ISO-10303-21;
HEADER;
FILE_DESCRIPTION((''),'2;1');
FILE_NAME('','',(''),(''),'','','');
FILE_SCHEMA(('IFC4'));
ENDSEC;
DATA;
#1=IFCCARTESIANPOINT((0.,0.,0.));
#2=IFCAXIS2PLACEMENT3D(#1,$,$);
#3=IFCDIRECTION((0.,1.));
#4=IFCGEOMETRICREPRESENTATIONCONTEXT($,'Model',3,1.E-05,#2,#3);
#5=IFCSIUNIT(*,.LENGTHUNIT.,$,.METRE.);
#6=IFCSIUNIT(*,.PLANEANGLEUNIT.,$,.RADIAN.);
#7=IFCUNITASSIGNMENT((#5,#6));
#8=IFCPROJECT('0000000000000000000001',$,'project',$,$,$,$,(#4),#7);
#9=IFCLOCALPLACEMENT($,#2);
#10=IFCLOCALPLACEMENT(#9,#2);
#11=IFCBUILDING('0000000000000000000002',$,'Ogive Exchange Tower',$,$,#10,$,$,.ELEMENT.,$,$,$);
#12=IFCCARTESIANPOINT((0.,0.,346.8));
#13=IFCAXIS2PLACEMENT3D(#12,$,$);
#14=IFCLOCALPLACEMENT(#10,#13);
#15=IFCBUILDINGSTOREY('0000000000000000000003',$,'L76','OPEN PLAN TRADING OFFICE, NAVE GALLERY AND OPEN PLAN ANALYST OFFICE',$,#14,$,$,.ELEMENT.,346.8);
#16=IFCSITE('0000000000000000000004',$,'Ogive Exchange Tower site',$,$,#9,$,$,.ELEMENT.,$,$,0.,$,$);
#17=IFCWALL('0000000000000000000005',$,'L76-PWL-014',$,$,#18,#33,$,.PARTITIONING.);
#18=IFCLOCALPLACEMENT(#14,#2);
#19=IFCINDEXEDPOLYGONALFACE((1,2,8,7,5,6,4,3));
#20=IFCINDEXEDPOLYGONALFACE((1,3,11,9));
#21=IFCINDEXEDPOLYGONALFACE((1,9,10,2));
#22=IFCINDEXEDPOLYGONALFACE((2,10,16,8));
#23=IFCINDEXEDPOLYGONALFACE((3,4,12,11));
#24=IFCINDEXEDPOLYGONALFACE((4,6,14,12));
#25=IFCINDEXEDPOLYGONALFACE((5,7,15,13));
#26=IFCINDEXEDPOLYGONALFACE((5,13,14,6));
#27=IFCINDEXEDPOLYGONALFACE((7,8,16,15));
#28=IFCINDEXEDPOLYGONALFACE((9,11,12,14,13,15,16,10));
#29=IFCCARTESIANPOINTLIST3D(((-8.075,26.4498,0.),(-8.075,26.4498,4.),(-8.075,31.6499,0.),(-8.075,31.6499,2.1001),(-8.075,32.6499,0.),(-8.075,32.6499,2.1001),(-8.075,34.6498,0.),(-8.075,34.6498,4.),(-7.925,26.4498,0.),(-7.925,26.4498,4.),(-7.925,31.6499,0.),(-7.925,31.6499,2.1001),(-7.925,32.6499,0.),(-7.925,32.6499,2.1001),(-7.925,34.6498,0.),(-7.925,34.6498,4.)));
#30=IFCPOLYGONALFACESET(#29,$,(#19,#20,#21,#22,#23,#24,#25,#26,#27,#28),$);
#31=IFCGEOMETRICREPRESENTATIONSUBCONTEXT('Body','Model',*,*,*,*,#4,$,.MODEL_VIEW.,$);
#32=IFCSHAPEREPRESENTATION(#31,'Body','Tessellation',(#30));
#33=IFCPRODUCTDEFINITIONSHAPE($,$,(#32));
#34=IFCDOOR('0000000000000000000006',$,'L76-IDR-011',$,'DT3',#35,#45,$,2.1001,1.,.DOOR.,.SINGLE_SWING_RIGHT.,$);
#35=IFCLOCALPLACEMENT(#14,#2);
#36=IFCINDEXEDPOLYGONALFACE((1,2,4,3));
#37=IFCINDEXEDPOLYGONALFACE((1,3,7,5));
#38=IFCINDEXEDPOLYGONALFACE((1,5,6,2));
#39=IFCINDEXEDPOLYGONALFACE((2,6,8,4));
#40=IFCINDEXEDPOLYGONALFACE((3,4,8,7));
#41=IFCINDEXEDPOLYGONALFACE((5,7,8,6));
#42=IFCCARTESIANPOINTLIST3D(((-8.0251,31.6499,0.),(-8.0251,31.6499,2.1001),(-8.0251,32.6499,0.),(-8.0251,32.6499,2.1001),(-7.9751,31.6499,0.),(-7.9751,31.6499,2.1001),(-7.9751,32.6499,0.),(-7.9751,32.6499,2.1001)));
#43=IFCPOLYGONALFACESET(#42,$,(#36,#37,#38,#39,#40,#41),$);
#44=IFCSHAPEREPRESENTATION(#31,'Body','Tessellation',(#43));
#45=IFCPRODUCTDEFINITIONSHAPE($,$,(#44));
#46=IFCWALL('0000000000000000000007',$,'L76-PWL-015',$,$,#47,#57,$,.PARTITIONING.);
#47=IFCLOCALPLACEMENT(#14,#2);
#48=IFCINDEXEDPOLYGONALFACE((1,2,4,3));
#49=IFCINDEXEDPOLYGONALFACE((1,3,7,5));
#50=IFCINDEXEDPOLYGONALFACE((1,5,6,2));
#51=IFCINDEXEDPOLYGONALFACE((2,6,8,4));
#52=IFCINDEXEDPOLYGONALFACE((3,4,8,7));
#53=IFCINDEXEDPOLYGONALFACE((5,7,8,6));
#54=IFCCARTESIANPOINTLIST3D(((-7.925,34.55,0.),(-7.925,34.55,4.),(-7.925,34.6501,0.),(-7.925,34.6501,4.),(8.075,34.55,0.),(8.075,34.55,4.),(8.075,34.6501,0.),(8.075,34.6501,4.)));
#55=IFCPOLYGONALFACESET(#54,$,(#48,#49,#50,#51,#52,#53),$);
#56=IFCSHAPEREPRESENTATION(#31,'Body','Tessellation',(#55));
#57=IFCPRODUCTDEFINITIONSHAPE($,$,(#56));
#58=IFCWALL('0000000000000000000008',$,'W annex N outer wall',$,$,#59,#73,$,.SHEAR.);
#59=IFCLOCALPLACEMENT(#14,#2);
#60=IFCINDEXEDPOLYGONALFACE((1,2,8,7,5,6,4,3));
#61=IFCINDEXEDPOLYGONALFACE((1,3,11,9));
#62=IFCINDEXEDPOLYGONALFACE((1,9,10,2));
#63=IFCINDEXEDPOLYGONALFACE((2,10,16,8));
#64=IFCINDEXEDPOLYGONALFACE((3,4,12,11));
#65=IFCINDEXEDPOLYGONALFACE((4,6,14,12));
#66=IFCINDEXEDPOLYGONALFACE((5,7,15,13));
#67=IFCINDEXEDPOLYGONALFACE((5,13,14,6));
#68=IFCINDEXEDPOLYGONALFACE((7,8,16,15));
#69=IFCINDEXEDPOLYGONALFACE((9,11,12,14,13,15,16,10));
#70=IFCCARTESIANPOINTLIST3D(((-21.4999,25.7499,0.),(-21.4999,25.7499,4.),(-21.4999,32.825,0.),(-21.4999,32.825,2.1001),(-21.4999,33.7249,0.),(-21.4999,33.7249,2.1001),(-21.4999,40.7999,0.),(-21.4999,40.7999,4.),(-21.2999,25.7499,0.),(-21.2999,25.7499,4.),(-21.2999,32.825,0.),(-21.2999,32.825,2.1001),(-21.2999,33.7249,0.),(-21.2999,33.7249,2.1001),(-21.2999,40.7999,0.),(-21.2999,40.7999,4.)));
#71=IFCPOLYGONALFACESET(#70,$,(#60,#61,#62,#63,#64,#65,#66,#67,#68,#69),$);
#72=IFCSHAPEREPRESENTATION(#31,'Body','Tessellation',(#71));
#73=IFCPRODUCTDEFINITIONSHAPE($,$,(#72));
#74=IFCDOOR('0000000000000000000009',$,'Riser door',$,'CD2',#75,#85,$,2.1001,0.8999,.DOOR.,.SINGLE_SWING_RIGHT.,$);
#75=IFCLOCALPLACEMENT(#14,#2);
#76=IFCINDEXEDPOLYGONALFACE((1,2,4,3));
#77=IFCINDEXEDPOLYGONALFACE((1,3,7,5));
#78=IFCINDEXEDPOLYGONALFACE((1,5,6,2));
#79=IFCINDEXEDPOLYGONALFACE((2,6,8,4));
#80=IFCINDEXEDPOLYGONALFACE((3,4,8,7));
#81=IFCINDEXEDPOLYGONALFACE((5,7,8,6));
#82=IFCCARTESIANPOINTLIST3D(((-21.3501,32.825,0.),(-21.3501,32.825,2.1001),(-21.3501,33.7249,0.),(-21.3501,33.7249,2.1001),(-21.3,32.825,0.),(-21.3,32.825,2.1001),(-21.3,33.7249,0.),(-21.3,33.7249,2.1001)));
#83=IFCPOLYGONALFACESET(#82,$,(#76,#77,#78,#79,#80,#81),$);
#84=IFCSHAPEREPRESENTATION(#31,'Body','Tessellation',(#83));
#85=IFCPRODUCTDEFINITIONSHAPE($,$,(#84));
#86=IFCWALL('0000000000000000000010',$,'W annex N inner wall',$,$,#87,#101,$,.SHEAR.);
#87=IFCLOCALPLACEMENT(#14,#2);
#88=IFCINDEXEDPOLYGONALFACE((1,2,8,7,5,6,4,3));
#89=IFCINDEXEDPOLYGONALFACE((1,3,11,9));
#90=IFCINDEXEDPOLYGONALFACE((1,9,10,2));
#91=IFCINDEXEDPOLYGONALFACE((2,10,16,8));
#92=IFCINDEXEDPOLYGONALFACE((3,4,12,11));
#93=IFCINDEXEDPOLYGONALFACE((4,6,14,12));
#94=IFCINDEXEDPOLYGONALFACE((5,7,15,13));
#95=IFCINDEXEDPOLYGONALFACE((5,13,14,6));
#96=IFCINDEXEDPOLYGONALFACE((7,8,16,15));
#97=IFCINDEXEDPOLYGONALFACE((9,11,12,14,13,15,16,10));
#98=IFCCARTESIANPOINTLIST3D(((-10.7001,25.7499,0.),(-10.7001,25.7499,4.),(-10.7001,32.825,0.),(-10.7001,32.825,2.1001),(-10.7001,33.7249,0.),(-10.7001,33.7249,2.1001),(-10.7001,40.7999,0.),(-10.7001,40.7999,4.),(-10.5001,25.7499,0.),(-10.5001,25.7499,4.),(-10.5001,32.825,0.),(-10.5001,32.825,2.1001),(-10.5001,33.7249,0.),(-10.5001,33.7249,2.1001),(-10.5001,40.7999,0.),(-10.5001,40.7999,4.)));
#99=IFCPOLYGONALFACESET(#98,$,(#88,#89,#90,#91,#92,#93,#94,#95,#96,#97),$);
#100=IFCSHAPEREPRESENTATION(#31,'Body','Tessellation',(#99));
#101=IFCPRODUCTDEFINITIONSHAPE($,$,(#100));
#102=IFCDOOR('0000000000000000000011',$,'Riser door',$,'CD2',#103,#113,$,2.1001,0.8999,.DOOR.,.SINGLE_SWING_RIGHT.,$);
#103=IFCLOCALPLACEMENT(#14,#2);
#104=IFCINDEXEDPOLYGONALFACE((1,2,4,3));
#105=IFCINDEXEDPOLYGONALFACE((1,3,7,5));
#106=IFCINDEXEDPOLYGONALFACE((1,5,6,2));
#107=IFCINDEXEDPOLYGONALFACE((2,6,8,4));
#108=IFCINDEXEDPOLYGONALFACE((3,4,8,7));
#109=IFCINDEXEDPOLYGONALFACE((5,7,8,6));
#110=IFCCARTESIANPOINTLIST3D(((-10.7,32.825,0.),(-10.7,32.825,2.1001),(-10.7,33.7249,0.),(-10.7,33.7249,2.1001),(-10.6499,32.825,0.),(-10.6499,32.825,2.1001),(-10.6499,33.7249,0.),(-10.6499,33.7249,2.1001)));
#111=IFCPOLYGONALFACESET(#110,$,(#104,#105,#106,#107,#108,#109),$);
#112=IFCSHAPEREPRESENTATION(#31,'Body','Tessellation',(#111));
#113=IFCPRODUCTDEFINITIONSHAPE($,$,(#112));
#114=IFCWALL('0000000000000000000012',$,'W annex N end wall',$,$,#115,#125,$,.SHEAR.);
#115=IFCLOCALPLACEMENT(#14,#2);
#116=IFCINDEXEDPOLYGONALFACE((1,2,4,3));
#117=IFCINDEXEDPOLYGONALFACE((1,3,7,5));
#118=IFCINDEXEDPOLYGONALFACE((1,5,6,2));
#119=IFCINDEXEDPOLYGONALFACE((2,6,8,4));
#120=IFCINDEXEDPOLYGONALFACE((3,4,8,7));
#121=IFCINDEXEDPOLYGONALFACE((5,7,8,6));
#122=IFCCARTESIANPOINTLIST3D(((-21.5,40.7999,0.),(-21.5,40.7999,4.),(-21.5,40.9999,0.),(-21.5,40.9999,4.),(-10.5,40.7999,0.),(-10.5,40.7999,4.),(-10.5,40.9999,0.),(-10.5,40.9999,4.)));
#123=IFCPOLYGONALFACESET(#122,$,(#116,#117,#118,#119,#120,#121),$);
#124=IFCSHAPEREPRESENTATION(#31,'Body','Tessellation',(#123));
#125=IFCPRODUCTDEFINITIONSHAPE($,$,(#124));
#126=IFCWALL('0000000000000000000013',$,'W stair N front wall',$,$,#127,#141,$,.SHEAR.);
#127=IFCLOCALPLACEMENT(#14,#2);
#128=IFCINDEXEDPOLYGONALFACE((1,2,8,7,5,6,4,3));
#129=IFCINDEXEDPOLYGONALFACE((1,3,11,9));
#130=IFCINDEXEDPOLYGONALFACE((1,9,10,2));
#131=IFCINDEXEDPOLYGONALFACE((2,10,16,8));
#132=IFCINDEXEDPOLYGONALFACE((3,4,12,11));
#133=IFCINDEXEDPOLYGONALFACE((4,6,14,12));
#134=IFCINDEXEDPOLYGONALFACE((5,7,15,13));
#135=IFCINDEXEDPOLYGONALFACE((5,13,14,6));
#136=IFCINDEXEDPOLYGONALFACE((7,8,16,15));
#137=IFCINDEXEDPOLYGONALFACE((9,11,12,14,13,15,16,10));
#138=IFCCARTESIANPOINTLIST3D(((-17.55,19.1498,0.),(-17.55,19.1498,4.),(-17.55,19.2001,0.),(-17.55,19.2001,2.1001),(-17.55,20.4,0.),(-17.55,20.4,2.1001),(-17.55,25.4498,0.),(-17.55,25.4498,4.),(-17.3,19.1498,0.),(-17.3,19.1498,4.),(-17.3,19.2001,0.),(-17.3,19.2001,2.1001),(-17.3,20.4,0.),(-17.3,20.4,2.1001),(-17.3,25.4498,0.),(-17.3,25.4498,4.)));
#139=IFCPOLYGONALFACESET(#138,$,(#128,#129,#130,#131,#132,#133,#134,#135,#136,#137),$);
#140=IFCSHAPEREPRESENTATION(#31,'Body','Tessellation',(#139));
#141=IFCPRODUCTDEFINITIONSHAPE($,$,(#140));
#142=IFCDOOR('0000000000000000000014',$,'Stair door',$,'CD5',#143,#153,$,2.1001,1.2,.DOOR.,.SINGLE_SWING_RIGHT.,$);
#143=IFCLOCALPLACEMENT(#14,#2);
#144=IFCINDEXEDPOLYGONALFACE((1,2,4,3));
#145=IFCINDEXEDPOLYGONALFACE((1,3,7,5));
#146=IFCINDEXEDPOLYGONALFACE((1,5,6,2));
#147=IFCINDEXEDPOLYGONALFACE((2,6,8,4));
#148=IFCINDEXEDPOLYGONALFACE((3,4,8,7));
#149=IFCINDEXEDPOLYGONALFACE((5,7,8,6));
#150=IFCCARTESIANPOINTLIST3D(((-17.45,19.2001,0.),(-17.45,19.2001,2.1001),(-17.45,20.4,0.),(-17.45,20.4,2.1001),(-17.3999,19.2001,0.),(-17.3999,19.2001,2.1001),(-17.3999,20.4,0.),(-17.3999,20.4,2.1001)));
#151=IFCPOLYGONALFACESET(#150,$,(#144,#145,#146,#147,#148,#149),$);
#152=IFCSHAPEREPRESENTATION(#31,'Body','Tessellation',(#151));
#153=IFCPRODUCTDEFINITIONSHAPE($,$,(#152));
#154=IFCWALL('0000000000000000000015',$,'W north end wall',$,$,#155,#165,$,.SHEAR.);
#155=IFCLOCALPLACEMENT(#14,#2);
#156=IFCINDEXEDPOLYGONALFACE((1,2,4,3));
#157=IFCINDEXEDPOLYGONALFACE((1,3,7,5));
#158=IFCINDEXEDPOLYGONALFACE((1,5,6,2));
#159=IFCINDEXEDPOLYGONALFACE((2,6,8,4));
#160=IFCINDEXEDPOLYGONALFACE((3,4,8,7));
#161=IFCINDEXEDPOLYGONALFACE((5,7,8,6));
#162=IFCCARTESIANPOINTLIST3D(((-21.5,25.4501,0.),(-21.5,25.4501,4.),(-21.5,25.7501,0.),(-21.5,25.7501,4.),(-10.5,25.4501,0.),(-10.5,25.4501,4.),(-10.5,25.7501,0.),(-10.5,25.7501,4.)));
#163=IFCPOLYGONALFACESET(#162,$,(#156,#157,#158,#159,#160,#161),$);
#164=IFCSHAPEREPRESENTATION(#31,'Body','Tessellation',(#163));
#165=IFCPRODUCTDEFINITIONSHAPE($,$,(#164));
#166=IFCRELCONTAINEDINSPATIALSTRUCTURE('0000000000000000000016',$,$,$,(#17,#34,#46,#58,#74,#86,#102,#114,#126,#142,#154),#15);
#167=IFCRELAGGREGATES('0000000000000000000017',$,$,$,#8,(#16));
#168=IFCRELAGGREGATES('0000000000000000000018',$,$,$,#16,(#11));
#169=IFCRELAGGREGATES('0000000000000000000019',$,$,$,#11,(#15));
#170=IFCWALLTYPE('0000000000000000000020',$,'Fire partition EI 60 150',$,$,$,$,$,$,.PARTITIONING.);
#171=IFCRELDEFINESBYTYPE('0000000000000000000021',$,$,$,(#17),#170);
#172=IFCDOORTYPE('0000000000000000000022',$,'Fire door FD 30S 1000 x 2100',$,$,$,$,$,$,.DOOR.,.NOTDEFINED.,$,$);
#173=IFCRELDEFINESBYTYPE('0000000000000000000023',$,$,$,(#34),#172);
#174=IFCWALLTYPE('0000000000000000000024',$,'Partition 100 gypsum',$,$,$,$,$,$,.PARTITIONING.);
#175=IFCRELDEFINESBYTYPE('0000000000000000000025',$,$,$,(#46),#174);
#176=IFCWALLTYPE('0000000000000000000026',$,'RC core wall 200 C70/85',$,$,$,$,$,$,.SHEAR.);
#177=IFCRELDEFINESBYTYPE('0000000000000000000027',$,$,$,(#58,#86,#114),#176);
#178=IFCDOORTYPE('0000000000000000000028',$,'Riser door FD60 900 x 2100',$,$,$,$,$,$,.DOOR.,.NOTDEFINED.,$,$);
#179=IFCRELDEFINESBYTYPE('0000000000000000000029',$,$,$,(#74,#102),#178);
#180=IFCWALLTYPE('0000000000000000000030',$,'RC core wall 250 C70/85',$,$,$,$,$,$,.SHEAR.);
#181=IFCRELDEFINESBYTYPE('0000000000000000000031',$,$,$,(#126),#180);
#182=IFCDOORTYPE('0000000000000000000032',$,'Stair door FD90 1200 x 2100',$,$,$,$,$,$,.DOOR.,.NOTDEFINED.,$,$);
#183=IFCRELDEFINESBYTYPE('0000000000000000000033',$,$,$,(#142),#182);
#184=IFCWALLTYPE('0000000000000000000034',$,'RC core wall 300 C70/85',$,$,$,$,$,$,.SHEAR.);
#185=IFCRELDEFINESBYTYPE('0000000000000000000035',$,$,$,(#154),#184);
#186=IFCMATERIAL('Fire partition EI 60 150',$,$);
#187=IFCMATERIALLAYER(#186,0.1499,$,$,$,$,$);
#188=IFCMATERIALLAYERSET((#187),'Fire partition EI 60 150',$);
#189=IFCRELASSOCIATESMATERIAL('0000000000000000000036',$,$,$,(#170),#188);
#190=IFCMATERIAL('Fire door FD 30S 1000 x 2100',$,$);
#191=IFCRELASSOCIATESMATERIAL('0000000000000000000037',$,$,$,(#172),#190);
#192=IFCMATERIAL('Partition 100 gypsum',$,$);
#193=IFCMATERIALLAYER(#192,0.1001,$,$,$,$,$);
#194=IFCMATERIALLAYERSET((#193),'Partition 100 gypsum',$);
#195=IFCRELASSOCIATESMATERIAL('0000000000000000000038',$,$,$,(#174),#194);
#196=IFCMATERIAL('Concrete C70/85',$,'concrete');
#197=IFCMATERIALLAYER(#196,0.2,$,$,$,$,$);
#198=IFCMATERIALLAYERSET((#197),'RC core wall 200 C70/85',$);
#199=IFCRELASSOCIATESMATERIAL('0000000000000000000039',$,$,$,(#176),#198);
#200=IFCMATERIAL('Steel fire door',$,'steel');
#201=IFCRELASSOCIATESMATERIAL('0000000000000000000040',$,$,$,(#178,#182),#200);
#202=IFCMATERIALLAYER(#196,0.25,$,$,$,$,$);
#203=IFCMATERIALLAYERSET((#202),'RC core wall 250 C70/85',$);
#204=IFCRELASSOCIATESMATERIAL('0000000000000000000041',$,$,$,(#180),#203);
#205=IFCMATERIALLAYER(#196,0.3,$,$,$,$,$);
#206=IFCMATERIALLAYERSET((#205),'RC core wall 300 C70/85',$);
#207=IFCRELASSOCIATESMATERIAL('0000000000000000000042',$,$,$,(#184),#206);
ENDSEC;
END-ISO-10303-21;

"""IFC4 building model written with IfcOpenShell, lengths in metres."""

from ifc_helpers import new_model, si_unit, direction, frame, frame_2d, origin, place, context, subcontext, project, spatial, rectangle, extrude, material, layer, layer_set, type_object, element, fill, save


model = new_model("IFC4")

# Units and contexts
model_context = context("Model", 3, precision=1e-05, world=origin(), true_north=direction((0.0, 1.0)))
body_context = subcontext(model_context, "Body", "Model", "MODEL_VIEW")
ifc_project = project(units=[si_unit("LENGTHUNIT", "METRE"), si_unit("PLANEANGLEUNIT", "RADIAN")], contexts=[model_context])

# Site, building, storey
site_placement = place(None, origin())
site = spatial("IfcSite", under=ifc_project, at=site_placement, Name="Ogive Exchange Tower site", CompositionType="ELEMENT", RefElevation=0.0)
building_placement = place(site_placement, origin())
building = spatial("IfcBuilding", under=site, at=building_placement, Name="Ogive Exchange Tower", CompositionType="ELEMENT")
storey_placement = place(building_placement, frame((0.0, 0.0, 346.8)))
storey = spatial("IfcBuildingStorey", under=building, at=storey_placement, Name="L76", Description="OPEN PLAN TRADING OFFICE, NAVE GALLERY AND OPEN PLAN ANALYST OFFICE", CompositionType="ELEMENT", Elevation=346.8)

# Shared definitions
ifc_material_1 = material(Name="Fire partition EI 60 150")
ifc_layer_1 = layer(ifc_material_1, 0.1499)
ifc_layer_set_1 = layer_set([ifc_layer_1], Name="Fire partition EI 60 150")
wall_type_1 = type_object("IfcWallType", Name="Fire partition EI 60 150", PredefinedType="PARTITIONING", material=ifc_layer_set_1)

# Wall, opening, door
wall_1_placement = place(storey_placement, frame((-8.0, 34.6499, 0.0), z_axis=(0.0, 0.0, 1.0), x_axis=(0.0, -1.0, 0.0)))
wall_1 = element("IfcWall", 1, at=wall_1_placement, inside=storey, type_object=wall_type_1, Name="L76-PWL-014", PredefinedType="PARTITIONING", context=body_context, shape_type="SweptSolid", body=[
    extrude(rectangle(XDim=8.2, YDim=0.1499, at=frame_2d((4.1001, 0.0))), origin(), (0.0, 0.0, 1.0), 4.0),
])
opening_1_placement = place(wall_1_placement, frame((2.0, 0.0, 0.0)))
opening_1 = element("IfcOpeningElement", 2, at=opening_1_placement, cuts=wall_1, PredefinedType="OPENING", context=body_context, shape_type="SweptSolid", body=[
    extrude(rectangle(XDim=1.0, YDim=2.1001, at=frame_2d((0.5, 1.05))), frame((0.0, 0.085, 0.0), z_axis=(0.0, -1.0, 0.0), x_axis=(1.0, 0.0, 0.0)), (0.0, 0.0, 1.0), 0.1699),
])
ifc_material_2 = material(Name="Fire door FD 30S 1000 x 2100")
door_type_1 = type_object("IfcDoorType", Name="Fire door FD 30S 1000 x 2100", OperationType="NOTDEFINED", PredefinedType="DOOR", material=ifc_material_2)
door_1_placement = place(opening_1_placement, origin())
door_1 = element("IfcDoor", 3, at=door_1_placement, inside=storey, type_object=door_type_1, Name="L76-IDR-011", ObjectType="DT3", OperationType="SINGLE_SWING_RIGHT", OverallHeight=2.1001, OverallWidth=1.0, PredefinedType="DOOR", context=body_context, shape_type="SweptSolid", body=[
    extrude(rectangle(XDim=1.0, YDim=2.1001, at=frame_2d((0.5, 1.05))), frame((0.0, 0.0249, 0.0), z_axis=(0.0, -1.0, 0.0), x_axis=(1.0, 0.0, 0.0)), (0.0, 0.0, 1.0), 0.05),
])
fill(opening_1, door_1)

# Wall
ifc_material_3 = material(Name="Partition 100 gypsum")
ifc_layer_2 = layer(ifc_material_3, 0.1001)
ifc_layer_set_2 = layer_set([ifc_layer_2], Name="Partition 100 gypsum")
wall_type_2 = type_object("IfcWallType", Name="Partition 100 gypsum", PredefinedType="PARTITIONING", material=ifc_layer_set_2)
wall_2_placement = place(storey_placement, frame((-7.925, 34.6001, 0.0), z_axis=(0.0, 0.0, 1.0), x_axis=(1.0, 0.0, 0.0)))
element("IfcWall", 4, at=wall_2_placement, inside=storey, type_object=wall_type_2, Name="L76-PWL-015", PredefinedType="PARTITIONING", context=body_context, shape_type="SweptSolid", body=[
    extrude(rectangle(XDim=16.0, YDim=0.1001, at=frame_2d((8.0, 0.0))), origin(), (0.0, 0.0, 1.0), 4.0),
])

# Walls, openings, doors
ifc_material_4 = material(Name="Concrete C70/85", Category="concrete")
ifc_layer_3 = layer(ifc_material_4, 0.2)
ifc_layer_set_3 = layer_set([ifc_layer_3], Name="RC core wall 200 C70/85")
wall_type_3 = type_object("IfcWallType", Name="RC core wall 200 C70/85", PredefinedType="SHEAR", material=ifc_layer_set_3)
wall_3_placement = place(storey_placement, frame((-21.3999, 25.75, 0.0), z_axis=(0.0, 0.0, 1.0), x_axis=(0.0, 1.0, 0.0)))
wall_3 = element("IfcWall", 5, at=wall_3_placement, inside=storey, type_object=wall_type_3, Name="W annex N outer wall", PredefinedType="SHEAR", context=body_context, shape_type="SweptSolid", body=[
    extrude(rectangle(XDim=15.05, YDim=0.2, at=frame_2d((7.5249, 0.0))), origin(), (0.0, 0.0, 1.0), 4.0),
])
opening_2_placement = place(wall_3_placement, frame((7.075, 0.0, 0.0)))
opening_2 = element("IfcOpeningElement", 6, at=opening_2_placement, cuts=wall_3, PredefinedType="OPENING", context=body_context, shape_type="SweptSolid", body=[
    extrude(rectangle(XDim=0.8999, YDim=2.1001, at=frame_2d((0.45, 1.05))), frame((0.0, 0.1099, 0.0), z_axis=(0.0, -1.0, 0.0), x_axis=(1.0, 0.0, 0.0)), (0.0, 0.0, 1.0), 0.22),
])
ifc_material_5 = material(Name="Steel fire door", Category="steel")
door_type_2 = type_object("IfcDoorType", Name="Riser door FD60 900 x 2100", OperationType="NOTDEFINED", PredefinedType="DOOR", material=ifc_material_5)
door_2_placement = place(opening_2_placement, origin())
door_2 = element("IfcDoor", 7, at=door_2_placement, inside=storey, type_object=door_type_2, Name="Riser door", ObjectType="CD2", OperationType="SINGLE_SWING_RIGHT", OverallHeight=2.1001, OverallWidth=0.8999, PredefinedType="DOOR", context=body_context, shape_type="SweptSolid", body=[
    extrude(rectangle(XDim=0.8999, YDim=2.1001, at=frame_2d((0.45, 1.05))), frame((0.0, -0.0498, 0.0), z_axis=(0.0, -1.0, 0.0), x_axis=(1.0, 0.0, 0.0)), (0.0, 0.0, 1.0), 0.05),
])
fill(opening_2, door_2)
wall_4_placement = place(storey_placement, frame((-10.6001, 25.75, 0.0), z_axis=(0.0, 0.0, 1.0), x_axis=(0.0, 1.0, 0.0)))
wall_4 = element("IfcWall", 8, at=wall_4_placement, inside=storey, type_object=wall_type_3, Name="W annex N inner wall", PredefinedType="SHEAR", context=body_context, shape_type="SweptSolid", body=[
    extrude(rectangle(XDim=15.05, YDim=0.2, at=frame_2d((7.5249, 0.0))), origin(), (0.0, 0.0, 1.0), 4.0),
])
opening_3_placement = place(wall_4_placement, frame((7.075, 0.0, 0.0)))
opening_3 = element("IfcOpeningElement", 9, at=opening_3_placement, cuts=wall_4, PredefinedType="OPENING", context=body_context, shape_type="SweptSolid", body=[
    extrude(rectangle(XDim=0.8999, YDim=2.1001, at=frame_2d((0.45, 1.05))), frame((0.0, 0.1099, 0.0), z_axis=(0.0, -1.0, 0.0), x_axis=(1.0, 0.0, 0.0)), (0.0, 0.0, 1.0), 0.22),
])
door_3_placement = place(opening_3_placement, frame((0.8999, 0.1499, 0.0), z_axis=(0.0, 0.0, 1.0), x_axis=(-1.0, 0.0, 0.0)))
door_3 = element("IfcDoor", 10, at=door_3_placement, inside=storey, type_object=door_type_2, Name="Riser door", ObjectType="CD2", OperationType="SINGLE_SWING_RIGHT", OverallHeight=2.1001, OverallWidth=0.8999, PredefinedType="DOOR", context=body_context, shape_type="SweptSolid", body=[
    extrude(rectangle(XDim=0.8999, YDim=2.1001, at=frame_2d((0.45, 1.05))), frame((0.0, 0.1001, 0.0), z_axis=(0.0, -1.0, 0.0), x_axis=(1.0, 0.0, 0.0)), (0.0, 0.0, 1.0), 0.05),
])
fill(opening_3, door_3)

# Wall
wall_5_placement = place(storey_placement, frame((-21.5, 40.8999, 0.0), z_axis=(0.0, 0.0, 1.0), x_axis=(1.0, 0.0, 0.0)))
element("IfcWall", 11, at=wall_5_placement, inside=storey, type_object=wall_type_3, Name="W annex N end wall", PredefinedType="SHEAR", context=body_context, shape_type="SweptSolid", body=[
    extrude(rectangle(XDim=11.0, YDim=0.2, at=frame_2d((5.5, 0.0))), origin(), (0.0, 0.0, 1.0), 4.0),
])

# Wall, opening, door
ifc_layer_4 = layer(ifc_material_4, 0.25)
ifc_layer_set_4 = layer_set([ifc_layer_4], Name="RC core wall 250 C70/85")
wall_type_4 = type_object("IfcWallType", Name="RC core wall 250 C70/85", PredefinedType="SHEAR", material=ifc_layer_set_4)
wall_6_placement = place(storey_placement, frame((-17.425, 19.1499, 0.0), z_axis=(0.0, 0.0, 1.0), x_axis=(0.0, 1.0, 0.0)))
wall_6 = element("IfcWall", 12, at=wall_6_placement, inside=storey, type_object=wall_type_4, Name="W stair N front wall", PredefinedType="SHEAR", context=body_context, shape_type="SweptSolid", body=[
    extrude(rectangle(XDim=6.3, YDim=0.25, at=frame_2d((3.1499, 0.0))), origin(), (0.0, 0.0, 1.0), 4.0),
])
opening_4_placement = place(wall_6_placement, frame((0.05, 0.0, 0.0)))
opening_4 = element("IfcOpeningElement", 13, at=opening_4_placement, cuts=wall_6, PredefinedType="OPENING", context=body_context, shape_type="SweptSolid", body=[
    extrude(rectangle(XDim=1.2, YDim=2.1001, at=frame_2d((0.6001, 1.05))), frame((0.0, 0.135, 0.0), z_axis=(0.0, -1.0, 0.0), x_axis=(1.0, 0.0, 0.0)), (0.0, 0.0, 1.0), 0.27),
])
door_type_3 = type_object("IfcDoorType", Name="Stair door FD90 1200 x 2100", OperationType="NOTDEFINED", PredefinedType="DOOR", material=ifc_material_5)
door_4_placement = place(opening_4_placement, origin())
door_4 = element("IfcDoor", 14, at=door_4_placement, inside=storey, type_object=door_type_3, Name="Stair door", ObjectType="CD5", OperationType="SINGLE_SWING_RIGHT", OverallHeight=2.1001, OverallWidth=1.2, PredefinedType="DOOR", context=body_context, shape_type="SweptSolid", body=[
    extrude(rectangle(XDim=1.2, YDim=2.1001, at=frame_2d((0.6001, 1.05))), frame((0.0, 0.0249, 0.0), z_axis=(0.0, -1.0, 0.0), x_axis=(1.0, 0.0, 0.0)), (0.0, 0.0, 1.0), 0.05),
])
fill(opening_4, door_4)

# Wall
ifc_layer_5 = layer(ifc_material_4, 0.3)
ifc_layer_set_5 = layer_set([ifc_layer_5], Name="RC core wall 300 C70/85")
wall_type_5 = type_object("IfcWallType", Name="RC core wall 300 C70/85", PredefinedType="SHEAR", material=ifc_layer_set_5)
wall_7_placement = place(storey_placement, frame((-21.5, 25.6001, 0.0), z_axis=(0.0, 0.0, 1.0), x_axis=(1.0, 0.0, 0.0)))
element("IfcWall", 15, at=wall_7_placement, inside=storey, type_object=wall_type_5, Name="W north end wall", PredefinedType="SHEAR", context=body_context, shape_type="SweptSolid", body=[
    extrude(rectangle(XDim=11.0, YDim=0.3, at=frame_2d((5.5, 0.0))), origin(), (0.0, 0.0, 1.0), 4.0),
])

save(model, "model.ifc")
